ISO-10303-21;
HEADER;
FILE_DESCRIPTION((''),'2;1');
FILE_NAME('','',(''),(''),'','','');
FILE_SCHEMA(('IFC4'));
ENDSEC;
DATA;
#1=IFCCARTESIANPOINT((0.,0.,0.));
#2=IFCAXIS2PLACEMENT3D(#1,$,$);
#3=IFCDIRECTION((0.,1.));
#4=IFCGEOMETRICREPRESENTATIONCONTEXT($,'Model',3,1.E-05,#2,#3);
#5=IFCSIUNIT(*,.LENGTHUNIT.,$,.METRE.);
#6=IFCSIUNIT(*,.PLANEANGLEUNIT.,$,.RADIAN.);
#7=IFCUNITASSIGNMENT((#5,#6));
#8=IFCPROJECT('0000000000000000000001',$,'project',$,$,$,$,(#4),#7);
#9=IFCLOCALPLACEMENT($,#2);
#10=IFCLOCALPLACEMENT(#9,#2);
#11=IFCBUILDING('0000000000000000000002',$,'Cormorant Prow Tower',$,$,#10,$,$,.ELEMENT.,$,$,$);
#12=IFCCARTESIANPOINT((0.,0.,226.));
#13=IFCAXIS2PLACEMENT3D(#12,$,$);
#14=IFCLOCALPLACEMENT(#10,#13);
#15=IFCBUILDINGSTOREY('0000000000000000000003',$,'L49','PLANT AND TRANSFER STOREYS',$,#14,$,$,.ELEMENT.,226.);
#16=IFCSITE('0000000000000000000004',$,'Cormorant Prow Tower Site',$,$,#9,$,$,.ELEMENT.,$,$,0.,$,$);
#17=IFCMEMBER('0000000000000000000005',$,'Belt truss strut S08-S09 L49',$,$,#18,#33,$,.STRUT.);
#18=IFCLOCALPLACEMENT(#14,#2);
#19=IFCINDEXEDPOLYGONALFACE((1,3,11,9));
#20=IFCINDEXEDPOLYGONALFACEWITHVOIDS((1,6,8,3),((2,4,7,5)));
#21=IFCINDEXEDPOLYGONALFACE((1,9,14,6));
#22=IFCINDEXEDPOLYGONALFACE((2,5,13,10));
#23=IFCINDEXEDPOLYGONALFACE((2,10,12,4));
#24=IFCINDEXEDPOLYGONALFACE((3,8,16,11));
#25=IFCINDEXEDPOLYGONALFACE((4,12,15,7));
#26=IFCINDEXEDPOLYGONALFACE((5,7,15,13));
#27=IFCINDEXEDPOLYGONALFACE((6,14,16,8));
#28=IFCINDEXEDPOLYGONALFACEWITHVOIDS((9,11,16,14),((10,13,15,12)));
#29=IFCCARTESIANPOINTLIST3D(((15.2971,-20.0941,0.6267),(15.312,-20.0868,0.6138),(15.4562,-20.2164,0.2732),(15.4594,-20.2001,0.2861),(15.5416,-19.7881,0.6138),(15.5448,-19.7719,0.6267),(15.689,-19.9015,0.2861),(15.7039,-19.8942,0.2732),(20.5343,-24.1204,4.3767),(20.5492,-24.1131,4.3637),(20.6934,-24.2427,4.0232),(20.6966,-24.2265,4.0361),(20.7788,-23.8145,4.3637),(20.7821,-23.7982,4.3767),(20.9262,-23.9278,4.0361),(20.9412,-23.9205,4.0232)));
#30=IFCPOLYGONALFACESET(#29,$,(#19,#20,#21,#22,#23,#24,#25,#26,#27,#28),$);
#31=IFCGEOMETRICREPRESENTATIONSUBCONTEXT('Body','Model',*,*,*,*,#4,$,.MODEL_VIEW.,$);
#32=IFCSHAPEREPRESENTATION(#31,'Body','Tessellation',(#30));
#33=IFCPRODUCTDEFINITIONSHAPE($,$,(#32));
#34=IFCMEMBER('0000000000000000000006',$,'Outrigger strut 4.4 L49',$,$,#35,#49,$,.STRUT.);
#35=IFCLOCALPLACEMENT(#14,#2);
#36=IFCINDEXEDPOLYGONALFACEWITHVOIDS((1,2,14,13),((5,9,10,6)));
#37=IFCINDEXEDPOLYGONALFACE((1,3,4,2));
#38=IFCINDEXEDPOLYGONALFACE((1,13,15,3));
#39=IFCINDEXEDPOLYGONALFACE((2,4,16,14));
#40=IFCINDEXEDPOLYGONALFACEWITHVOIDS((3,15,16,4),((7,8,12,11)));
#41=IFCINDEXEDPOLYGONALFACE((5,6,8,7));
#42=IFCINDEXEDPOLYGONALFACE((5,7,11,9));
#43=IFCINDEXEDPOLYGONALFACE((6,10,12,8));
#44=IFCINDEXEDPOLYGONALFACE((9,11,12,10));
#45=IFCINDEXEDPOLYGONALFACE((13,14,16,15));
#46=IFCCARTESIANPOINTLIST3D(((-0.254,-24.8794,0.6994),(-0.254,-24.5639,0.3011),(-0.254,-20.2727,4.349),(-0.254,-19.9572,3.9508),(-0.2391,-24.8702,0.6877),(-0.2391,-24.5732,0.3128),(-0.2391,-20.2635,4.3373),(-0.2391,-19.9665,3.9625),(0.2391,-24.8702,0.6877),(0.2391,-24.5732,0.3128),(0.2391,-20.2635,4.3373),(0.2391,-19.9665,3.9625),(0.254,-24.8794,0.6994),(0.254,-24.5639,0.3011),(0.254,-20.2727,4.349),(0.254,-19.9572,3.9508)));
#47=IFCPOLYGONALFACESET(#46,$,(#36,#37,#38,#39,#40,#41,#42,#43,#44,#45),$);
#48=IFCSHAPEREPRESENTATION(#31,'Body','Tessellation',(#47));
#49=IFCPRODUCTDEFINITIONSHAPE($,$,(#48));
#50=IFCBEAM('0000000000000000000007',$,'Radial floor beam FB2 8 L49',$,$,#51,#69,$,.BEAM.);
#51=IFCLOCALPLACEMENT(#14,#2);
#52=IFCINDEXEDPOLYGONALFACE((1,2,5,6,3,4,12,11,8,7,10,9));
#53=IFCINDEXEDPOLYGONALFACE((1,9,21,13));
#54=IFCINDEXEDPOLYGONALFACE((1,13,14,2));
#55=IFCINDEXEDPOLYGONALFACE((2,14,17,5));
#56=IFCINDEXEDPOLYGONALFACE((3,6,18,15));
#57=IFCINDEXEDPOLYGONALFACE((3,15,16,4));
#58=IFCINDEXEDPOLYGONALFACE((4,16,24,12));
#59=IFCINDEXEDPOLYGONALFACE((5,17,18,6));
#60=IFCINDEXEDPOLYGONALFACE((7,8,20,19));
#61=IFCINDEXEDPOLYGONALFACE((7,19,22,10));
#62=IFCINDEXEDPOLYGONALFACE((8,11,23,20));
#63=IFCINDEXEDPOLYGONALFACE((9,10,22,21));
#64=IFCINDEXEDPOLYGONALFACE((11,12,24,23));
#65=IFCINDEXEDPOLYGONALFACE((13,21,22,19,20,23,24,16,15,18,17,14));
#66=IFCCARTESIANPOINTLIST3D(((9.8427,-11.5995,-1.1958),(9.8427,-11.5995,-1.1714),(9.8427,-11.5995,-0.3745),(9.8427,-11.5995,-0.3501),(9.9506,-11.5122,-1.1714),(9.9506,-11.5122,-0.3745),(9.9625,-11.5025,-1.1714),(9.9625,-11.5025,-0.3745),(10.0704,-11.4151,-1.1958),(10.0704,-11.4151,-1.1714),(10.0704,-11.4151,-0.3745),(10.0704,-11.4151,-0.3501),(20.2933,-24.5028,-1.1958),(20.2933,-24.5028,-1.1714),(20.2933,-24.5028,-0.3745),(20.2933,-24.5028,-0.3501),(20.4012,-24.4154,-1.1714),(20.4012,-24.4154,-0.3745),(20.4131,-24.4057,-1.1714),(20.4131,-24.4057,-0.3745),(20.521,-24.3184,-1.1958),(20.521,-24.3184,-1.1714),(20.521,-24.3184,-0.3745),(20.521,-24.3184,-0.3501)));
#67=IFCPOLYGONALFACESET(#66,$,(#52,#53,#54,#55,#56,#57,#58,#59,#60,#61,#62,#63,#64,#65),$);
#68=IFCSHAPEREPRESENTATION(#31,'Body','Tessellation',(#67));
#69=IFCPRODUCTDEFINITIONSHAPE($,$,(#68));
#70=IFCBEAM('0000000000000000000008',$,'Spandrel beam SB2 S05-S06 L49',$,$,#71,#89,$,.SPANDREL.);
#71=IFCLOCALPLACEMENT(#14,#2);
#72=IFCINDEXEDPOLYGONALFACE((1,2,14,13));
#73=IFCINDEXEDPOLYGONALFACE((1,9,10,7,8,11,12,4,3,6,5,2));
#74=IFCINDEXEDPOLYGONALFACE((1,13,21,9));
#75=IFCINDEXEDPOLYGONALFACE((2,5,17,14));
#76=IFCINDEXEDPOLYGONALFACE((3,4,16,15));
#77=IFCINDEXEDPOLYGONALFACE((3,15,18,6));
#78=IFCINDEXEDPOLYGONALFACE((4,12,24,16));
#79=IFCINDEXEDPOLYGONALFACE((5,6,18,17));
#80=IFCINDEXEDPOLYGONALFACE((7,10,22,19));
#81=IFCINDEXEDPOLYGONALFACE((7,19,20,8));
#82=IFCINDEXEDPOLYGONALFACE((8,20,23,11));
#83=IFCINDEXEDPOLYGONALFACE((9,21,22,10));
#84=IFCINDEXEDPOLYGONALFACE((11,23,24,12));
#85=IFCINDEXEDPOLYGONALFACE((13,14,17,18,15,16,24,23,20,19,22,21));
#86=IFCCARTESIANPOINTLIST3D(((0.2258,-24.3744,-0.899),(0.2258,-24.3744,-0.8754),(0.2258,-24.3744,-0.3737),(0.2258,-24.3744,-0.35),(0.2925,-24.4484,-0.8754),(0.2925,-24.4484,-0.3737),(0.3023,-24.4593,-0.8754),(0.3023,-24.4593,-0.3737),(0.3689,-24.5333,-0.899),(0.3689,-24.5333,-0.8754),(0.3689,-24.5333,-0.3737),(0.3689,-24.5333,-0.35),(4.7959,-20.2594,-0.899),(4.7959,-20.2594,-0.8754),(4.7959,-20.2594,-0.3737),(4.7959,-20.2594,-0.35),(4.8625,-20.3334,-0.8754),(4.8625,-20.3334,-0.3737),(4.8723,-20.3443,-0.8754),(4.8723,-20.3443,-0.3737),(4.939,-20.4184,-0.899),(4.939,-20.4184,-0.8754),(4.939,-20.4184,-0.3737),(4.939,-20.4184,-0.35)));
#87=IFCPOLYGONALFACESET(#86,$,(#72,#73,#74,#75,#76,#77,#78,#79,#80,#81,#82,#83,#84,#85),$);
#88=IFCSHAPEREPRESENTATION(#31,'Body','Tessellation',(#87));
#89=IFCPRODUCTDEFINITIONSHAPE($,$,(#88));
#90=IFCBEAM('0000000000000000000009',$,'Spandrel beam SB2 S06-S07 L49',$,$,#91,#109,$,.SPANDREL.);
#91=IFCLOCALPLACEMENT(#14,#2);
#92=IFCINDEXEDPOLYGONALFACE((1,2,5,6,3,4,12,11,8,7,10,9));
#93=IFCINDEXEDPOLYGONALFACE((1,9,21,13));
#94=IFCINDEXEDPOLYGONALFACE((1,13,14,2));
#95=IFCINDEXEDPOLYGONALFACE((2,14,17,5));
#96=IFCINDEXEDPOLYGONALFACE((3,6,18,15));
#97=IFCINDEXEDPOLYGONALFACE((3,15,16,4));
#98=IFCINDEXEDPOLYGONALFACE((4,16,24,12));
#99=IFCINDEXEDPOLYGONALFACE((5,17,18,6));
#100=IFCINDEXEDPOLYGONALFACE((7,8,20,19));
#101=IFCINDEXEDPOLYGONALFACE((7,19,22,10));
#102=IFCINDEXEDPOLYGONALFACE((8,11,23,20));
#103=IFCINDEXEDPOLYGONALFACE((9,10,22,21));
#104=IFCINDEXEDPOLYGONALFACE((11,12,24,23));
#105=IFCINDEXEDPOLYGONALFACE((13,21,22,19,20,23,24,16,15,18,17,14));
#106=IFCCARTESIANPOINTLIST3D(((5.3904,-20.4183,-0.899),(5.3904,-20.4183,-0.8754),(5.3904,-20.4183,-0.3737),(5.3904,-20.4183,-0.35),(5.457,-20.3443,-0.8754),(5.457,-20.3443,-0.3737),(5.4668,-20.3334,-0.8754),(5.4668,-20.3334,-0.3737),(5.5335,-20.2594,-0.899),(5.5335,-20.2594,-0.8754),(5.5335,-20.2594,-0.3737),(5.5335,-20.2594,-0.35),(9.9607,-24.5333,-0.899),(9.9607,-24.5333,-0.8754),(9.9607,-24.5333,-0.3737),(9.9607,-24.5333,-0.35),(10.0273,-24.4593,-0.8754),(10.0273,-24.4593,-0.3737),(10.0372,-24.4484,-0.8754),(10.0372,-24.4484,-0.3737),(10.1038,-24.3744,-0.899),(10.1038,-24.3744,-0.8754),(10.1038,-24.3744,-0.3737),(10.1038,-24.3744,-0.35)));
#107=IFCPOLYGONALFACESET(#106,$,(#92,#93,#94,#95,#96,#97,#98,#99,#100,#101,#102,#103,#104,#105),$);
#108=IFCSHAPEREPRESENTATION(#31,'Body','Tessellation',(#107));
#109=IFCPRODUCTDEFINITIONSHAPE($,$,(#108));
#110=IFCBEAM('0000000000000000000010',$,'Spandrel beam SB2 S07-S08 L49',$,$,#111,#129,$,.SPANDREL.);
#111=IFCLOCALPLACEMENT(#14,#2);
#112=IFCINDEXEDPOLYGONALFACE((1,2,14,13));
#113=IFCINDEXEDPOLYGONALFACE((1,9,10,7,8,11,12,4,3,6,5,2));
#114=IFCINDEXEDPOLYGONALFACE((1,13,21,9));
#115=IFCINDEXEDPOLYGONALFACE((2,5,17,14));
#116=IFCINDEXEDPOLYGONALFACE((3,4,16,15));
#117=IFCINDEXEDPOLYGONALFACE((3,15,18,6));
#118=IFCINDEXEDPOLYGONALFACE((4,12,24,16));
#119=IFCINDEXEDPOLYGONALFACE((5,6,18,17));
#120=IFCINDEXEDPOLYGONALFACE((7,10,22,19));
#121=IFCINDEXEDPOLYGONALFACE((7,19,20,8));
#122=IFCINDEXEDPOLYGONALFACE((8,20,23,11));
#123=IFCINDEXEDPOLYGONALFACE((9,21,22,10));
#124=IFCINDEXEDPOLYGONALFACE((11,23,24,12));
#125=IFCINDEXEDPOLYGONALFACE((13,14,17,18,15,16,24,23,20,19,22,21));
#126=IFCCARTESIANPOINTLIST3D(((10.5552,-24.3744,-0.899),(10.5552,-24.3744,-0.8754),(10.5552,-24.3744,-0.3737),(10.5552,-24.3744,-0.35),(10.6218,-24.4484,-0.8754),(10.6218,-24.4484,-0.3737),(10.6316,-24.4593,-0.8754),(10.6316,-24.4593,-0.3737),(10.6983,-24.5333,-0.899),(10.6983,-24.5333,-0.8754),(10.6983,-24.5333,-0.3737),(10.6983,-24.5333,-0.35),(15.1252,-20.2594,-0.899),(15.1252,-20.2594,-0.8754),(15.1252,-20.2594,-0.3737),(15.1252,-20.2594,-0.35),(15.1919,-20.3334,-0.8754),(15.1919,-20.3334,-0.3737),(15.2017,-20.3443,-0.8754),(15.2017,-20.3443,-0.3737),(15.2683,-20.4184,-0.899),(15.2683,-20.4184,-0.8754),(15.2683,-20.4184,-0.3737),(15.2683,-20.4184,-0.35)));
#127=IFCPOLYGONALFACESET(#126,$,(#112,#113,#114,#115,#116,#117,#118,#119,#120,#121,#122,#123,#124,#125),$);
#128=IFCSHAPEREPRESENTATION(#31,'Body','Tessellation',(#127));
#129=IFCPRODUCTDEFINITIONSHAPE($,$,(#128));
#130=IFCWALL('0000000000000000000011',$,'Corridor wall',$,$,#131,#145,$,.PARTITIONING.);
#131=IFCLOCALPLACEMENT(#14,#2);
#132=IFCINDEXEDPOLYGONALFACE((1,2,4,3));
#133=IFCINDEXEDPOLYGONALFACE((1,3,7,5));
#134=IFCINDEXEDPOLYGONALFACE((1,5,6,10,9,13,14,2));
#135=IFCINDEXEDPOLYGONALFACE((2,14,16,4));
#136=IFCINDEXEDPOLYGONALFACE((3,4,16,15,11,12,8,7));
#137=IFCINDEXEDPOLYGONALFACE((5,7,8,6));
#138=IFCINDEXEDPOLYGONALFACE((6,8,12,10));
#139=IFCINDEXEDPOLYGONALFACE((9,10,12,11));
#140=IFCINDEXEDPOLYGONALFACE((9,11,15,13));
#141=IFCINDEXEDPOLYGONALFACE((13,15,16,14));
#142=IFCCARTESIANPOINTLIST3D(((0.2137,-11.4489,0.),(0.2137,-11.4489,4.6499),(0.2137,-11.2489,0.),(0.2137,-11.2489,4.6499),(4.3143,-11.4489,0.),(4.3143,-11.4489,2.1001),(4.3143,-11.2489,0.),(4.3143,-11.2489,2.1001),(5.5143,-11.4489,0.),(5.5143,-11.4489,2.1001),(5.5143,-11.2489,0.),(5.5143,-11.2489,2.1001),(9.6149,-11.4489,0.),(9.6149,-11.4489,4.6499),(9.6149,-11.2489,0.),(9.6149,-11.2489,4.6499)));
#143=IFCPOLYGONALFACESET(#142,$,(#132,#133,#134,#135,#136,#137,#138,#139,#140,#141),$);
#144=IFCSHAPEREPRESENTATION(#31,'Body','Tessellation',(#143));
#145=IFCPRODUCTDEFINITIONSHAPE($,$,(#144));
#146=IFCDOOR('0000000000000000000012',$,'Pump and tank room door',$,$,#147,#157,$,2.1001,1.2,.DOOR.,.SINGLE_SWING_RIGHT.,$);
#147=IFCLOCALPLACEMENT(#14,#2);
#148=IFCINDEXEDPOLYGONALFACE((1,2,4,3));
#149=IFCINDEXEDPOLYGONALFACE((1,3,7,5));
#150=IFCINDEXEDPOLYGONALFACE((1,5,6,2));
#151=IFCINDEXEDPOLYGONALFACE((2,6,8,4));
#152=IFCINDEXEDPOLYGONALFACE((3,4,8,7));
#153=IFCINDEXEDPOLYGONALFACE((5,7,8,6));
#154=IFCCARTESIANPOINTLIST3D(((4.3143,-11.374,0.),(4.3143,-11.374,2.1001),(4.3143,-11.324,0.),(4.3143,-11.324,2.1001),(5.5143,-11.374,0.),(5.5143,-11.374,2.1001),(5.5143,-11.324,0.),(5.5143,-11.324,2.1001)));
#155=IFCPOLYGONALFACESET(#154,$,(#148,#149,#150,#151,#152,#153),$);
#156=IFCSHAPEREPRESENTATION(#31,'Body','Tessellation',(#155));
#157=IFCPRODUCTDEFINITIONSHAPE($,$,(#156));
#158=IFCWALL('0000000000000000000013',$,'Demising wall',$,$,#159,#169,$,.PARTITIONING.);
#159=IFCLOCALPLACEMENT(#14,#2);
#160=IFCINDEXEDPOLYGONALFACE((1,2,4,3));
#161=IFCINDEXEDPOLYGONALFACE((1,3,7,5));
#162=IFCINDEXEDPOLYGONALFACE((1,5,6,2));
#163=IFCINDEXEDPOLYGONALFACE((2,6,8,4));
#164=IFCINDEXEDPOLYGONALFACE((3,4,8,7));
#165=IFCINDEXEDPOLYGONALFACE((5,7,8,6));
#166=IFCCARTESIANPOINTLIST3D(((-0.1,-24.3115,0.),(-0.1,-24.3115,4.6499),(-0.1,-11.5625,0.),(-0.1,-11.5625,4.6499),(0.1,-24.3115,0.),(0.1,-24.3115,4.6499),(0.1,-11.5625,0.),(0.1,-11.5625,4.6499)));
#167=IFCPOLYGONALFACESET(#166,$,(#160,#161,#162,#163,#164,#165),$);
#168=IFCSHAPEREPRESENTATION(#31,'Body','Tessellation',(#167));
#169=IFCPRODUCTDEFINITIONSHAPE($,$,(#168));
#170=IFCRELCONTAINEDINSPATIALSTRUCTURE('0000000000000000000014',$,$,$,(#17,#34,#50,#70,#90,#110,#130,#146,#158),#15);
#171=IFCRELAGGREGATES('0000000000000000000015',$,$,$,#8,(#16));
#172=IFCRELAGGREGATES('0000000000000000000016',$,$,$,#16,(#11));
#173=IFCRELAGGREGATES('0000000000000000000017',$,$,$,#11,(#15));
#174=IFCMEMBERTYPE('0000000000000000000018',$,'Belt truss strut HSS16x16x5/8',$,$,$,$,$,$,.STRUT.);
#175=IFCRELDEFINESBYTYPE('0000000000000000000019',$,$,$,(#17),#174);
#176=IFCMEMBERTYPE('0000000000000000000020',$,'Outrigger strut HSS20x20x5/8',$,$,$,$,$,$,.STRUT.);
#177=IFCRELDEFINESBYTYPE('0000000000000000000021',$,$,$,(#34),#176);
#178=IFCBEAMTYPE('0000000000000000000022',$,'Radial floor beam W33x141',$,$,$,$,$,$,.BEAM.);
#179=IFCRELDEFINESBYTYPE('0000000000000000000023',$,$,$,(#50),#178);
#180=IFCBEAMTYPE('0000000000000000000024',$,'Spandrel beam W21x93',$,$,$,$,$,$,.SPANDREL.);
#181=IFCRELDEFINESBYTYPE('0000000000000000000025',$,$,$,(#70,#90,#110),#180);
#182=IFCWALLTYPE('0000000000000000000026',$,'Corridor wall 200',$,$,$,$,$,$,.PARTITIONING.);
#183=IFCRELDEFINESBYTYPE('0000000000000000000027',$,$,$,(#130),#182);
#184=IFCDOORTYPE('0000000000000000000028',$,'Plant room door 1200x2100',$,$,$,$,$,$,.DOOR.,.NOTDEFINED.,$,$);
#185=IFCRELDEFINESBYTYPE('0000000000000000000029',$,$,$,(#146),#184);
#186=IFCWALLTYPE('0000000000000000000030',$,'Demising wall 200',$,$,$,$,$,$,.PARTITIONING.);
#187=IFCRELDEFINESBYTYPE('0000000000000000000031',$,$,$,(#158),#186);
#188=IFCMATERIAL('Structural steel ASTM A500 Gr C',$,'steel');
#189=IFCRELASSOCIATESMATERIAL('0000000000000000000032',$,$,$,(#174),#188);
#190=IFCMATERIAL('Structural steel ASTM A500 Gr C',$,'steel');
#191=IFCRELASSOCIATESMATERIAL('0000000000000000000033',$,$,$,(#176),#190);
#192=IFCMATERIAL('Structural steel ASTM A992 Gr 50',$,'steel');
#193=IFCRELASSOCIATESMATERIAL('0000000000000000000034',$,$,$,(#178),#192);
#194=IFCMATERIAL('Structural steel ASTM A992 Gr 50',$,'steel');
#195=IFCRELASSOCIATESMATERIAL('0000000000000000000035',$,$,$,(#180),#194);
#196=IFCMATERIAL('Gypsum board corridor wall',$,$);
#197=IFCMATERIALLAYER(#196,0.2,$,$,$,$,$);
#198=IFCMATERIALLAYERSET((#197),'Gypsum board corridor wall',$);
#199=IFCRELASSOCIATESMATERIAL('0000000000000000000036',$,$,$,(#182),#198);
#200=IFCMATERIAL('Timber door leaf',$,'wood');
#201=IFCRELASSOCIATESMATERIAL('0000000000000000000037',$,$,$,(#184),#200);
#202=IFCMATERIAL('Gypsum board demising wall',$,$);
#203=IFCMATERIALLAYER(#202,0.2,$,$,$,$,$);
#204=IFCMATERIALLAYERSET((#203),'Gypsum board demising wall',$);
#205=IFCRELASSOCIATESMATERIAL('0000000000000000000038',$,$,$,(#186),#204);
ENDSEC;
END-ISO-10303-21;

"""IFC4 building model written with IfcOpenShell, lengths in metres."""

from ifc_helpers import new_model, si_unit, direction, frame, frame_2d, origin, origin_2d, place, context, subcontext, project, spatial, rectangle, hollow_rectangle, i_section, extrude, material, layer, layer_set, material_profile, profile_set, type_object, element, fill, save


model = new_model("IFC4")

# Units and contexts
model_context = context("Model", 3, precision=1e-05, world=origin(), true_north=direction((0.0, 1.0)))
body_context = subcontext(model_context, "Body", "Model", "MODEL_VIEW")
ifc_project = project(units=[si_unit("LENGTHUNIT", "METRE"), si_unit("PLANEANGLEUNIT", "RADIAN")], contexts=[model_context])

# Site, building, storey
site_placement = place(None, origin())
site = spatial("IfcSite", under=ifc_project, at=site_placement, Name="Cormorant Prow Tower Site", CompositionType="ELEMENT", RefElevation=0.0)
building_placement = place(site_placement, origin())
building = spatial("IfcBuilding", under=site, at=building_placement, Name="Cormorant Prow Tower", CompositionType="ELEMENT")
storey_placement = place(building_placement, frame((0.0, 0.0, 226.0)))
storey = spatial("IfcBuildingStorey", under=building, at=storey_placement, Name="L49", Description="PLANT AND TRANSFER STOREYS", CompositionType="ELEMENT", Elevation=226.0)

# Members
ifc_material_1 = material(Name="Structural steel ASTM A500 Gr C", Category="steel")
ifc_material_profile_1 = material_profile(ifc_material_1, hollow_rectangle(XDim=0.4065, YDim=0.4065, WallThickness=0.0149, at=origin_2d()), Name="HSS16x16x5/8")
ifc_profile_set_1 = profile_set([ifc_material_profile_1], Name="Structural steel ASTM A500 Gr C")
member_type_1 = type_object("IfcMemberType", Name="Belt truss strut HSS16x16x5/8", PredefinedType="STRUT", material=ifc_profile_set_1)
member_1_placement = place(storey_placement, frame((15.5005, -19.9941, 0.45), z_axis=(0.689456, -0.530044, 0.493663), x_axis=(0.609489, 0.792794, 0.0)))
element("IfcMember", 1, at=member_1_placement, inside=storey, type_object=member_type_1, Name="Belt truss strut S08-S09 L49", PredefinedType="STRUT", context=body_context, shape_type="SweptSolid", body=[
    extrude(hollow_rectangle(XDim=0.4065, YDim=0.4065, WallThickness=0.0149, at=origin_2d()), origin(), (0.0, 0.0, 1.0), 7.5962),
])
ifc_material_2 = material(Name="Structural steel ASTM A500 Gr C", Category="steel")
ifc_material_profile_2 = material_profile(ifc_material_2, hollow_rectangle(XDim=0.5081, YDim=0.5081, WallThickness=0.0149, at=origin_2d()), Name="HSS20x20x5/8")
ifc_profile_set_2 = profile_set([ifc_material_profile_2], Name="Structural steel ASTM A500 Gr C")
member_type_2 = type_object("IfcMemberType", Name="Outrigger strut HSS20x20x5/8", PredefinedType="STRUT", material=ifc_profile_set_2)
member_2_placement = place(storey_placement, frame((0.0, -20.115, 4.1499), z_axis=(0.0, -0.783823, -0.620985), x_axis=(1.0, 0.0, 0.0)))
element("IfcMember", 2, at=member_2_placement, inside=storey, type_object=member_type_2, Name="Outrigger strut 4.4 L49", PredefinedType="STRUT", context=body_context, shape_type="SweptSolid", body=[
    extrude(hollow_rectangle(XDim=0.5081, YDim=0.5081, WallThickness=0.0149, at=origin_2d()), origin(), (0.0, 0.0, 1.0), 5.8772),
])

# Beams
ifc_material_3 = material(Name="Structural steel ASTM A992 Gr 50", Category="steel")
ifc_material_profile_3 = material_profile(ifc_material_3, i_section(OverallWidth=0.293, OverallDepth=0.8457, WebThickness=0.0154, FlangeThickness=0.0244, at=origin_2d()), Name="W33x141")
ifc_profile_set_3 = profile_set([ifc_material_profile_3], Name="Structural steel ASTM A992 Gr 50")
beam_type_1 = type_object("IfcBeamType", Name="Radial floor beam W33x141", PredefinedType="BEAM", material=ifc_profile_set_3)
beam_1_placement = place(storey_placement, frame((9.9565, -11.5073, -0.7729), z_axis=(0.629385, -0.777094, 0.0), x_axis=(0.777094, 0.629385, 0.0)))
element("IfcBeam", 3, at=beam_1_placement, inside=storey, type_object=beam_type_1, Name="Radial floor beam FB2 8 L49", PredefinedType="BEAM", context=body_context, shape_type="SweptSolid", body=[
    extrude(i_section(OverallWidth=0.293, OverallDepth=0.8457, WebThickness=0.0154, FlangeThickness=0.0244, at=origin_2d()), origin(), (0.0, 0.0, 1.0), 16.6045),
])
ifc_material_4 = material(Name="Structural steel ASTM A992 Gr 50", Category="steel")
ifc_material_profile_4 = material_profile(ifc_material_4, i_section(OverallWidth=0.2139, OverallDepth=0.5491, WebThickness=0.0146, FlangeThickness=0.0237, at=origin_2d()), Name="W21x93")
ifc_profile_set_4 = profile_set([ifc_material_profile_4], Name="Structural steel ASTM A992 Gr 50")
beam_type_2 = type_object("IfcBeamType", Name="Spandrel beam W21x93", PredefinedType="SPANDREL", material=ifc_profile_set_4)
beam_2_placement = place(storey_placement, frame((0.2974, -24.4539, -0.6245), z_axis=(0.743138, 0.669138, 0.0), x_axis=(-0.669138, 0.743138, 0.0)))
element("IfcBeam", 4, at=beam_2_placement, inside=storey, type_object=beam_type_2, Name="Spandrel beam SB2 S05-S06 L49", PredefinedType="SPANDREL", context=body_context, shape_type="SweptSolid", body=[
    extrude(i_section(OverallWidth=0.2139, OverallDepth=0.5491, WebThickness=0.0146, FlangeThickness=0.0237, at=origin_2d()), origin(), (0.0, 0.0, 1.0), 6.1497),
])
beam_3_placement = place(storey_placement, frame((5.4619, -20.3389, -0.6245), z_axis=(0.743156, -0.669118, 0.0), x_axis=(0.669118, 0.743156, 0.0)))
element("IfcBeam", 5, at=beam_3_placement, inside=storey, type_object=beam_type_2, Name="Spandrel beam SB2 S06-S07 L49", PredefinedType="SPANDREL", context=body_context, shape_type="SweptSolid", body=[
    extrude(i_section(OverallWidth=0.2139, OverallDepth=0.5491, WebThickness=0.0146, FlangeThickness=0.0237, at=origin_2d()), origin(), (0.0, 0.0, 1.0), 6.1499),
])
beam_4_placement = place(storey_placement, frame((10.6267, -24.4539, -0.6245), z_axis=(0.743138, 0.669138, 0.0), x_axis=(-0.669138, 0.743138, 0.0)))
element("IfcBeam", 6, at=beam_4_placement, inside=storey, type_object=beam_type_2, Name="Spandrel beam SB2 S07-S08 L49", PredefinedType="SPANDREL", context=body_context, shape_type="SweptSolid", body=[
    extrude(i_section(OverallWidth=0.2139, OverallDepth=0.5491, WebThickness=0.0146, FlangeThickness=0.0237, at=origin_2d()), origin(), (0.0, 0.0, 1.0), 6.1497),
])

# Wall, opening, door
ifc_material_5 = material(Name="Gypsum board corridor wall")
ifc_layer_1 = layer(ifc_material_5, 0.2)
ifc_layer_set_1 = layer_set([ifc_layer_1], Name="Gypsum board corridor wall")
wall_type_1 = type_object("IfcWallType", Name="Corridor wall 200", PredefinedType="PARTITIONING", material=ifc_layer_set_1)
wall_1_placement = place(storey_placement, frame((0.2136, -11.3489, 0.0), z_axis=(0.0, 0.0, 1.0), x_axis=(1.0, 0.0, 0.0)))
wall_1 = element("IfcWall", 7, at=wall_1_placement, inside=storey, type_object=wall_type_1, Name="Corridor wall", PredefinedType="PARTITIONING", context=body_context, shape_type="SweptSolid", body=[
    extrude(rectangle(XDim=9.4011, YDim=0.2, at=frame_2d((4.7007, 0.0))), origin(), (0.0, 0.0, 1.0), 4.6499),
])
opening_placement = place(wall_1_placement, frame((4.1006, 0.0, 0.0)))
opening = element("IfcOpeningElement", 8, at=opening_placement, cuts=wall_1, PredefinedType="OPENING", context=body_context, shape_type="SweptSolid", body=[
    extrude(rectangle(XDim=1.2, YDim=2.1001, at=frame_2d((0.6001, 1.05))), frame((0.0, 0.1099, 0.0), z_axis=(0.0, -1.0, 0.0), x_axis=(1.0, 0.0, 0.0)), (0.0, 0.0, 1.0), 0.22),
])
ifc_material_6 = material(Name="Timber door leaf", Category="wood")
door_type = type_object("IfcDoorType", Name="Plant room door 1200x2100", OperationType="NOTDEFINED", PredefinedType="DOOR", material=ifc_material_6)
door_placement = place(opening_placement, origin())
door = element("IfcDoor", 9, at=door_placement, inside=storey, type_object=door_type, Name="Pump and tank room door", OperationType="SINGLE_SWING_RIGHT", OverallHeight=2.1001, OverallWidth=1.2, PredefinedType="DOOR", context=body_context, shape_type="SweptSolid", body=[
    extrude(rectangle(XDim=1.2, YDim=2.1001, at=frame_2d((0.6001, 1.05))), frame((0.0, 0.0249, 0.0), z_axis=(0.0, -1.0, 0.0), x_axis=(1.0, 0.0, 0.0)), (0.0, 0.0, 1.0), 0.05),
])
fill(opening, door)

# Wall
ifc_material_7 = material(Name="Gypsum board demising wall")
ifc_layer_2 = layer(ifc_material_7, 0.2)
ifc_layer_set_2 = layer_set([ifc_layer_2], Name="Gypsum board demising wall")
wall_type_2 = type_object("IfcWallType", Name="Demising wall 200", PredefinedType="PARTITIONING", material=ifc_layer_set_2)
wall_2_placement = place(storey_placement, frame((0.0, -24.3115, 0.0), z_axis=(0.0, 0.0, 1.0), x_axis=(0.0, 1.0, 0.0)))
element("IfcWall", 10, at=wall_2_placement, inside=storey, type_object=wall_type_2, Name="Demising wall", PredefinedType="PARTITIONING", context=body_context, shape_type="SweptSolid", body=[
    extrude(rectangle(XDim=12.749, YDim=0.2, at=frame_2d((6.3745, 0.0))), origin(), (0.0, 0.0, 1.0), 4.6499),
])

save(model, "model.ifc")
